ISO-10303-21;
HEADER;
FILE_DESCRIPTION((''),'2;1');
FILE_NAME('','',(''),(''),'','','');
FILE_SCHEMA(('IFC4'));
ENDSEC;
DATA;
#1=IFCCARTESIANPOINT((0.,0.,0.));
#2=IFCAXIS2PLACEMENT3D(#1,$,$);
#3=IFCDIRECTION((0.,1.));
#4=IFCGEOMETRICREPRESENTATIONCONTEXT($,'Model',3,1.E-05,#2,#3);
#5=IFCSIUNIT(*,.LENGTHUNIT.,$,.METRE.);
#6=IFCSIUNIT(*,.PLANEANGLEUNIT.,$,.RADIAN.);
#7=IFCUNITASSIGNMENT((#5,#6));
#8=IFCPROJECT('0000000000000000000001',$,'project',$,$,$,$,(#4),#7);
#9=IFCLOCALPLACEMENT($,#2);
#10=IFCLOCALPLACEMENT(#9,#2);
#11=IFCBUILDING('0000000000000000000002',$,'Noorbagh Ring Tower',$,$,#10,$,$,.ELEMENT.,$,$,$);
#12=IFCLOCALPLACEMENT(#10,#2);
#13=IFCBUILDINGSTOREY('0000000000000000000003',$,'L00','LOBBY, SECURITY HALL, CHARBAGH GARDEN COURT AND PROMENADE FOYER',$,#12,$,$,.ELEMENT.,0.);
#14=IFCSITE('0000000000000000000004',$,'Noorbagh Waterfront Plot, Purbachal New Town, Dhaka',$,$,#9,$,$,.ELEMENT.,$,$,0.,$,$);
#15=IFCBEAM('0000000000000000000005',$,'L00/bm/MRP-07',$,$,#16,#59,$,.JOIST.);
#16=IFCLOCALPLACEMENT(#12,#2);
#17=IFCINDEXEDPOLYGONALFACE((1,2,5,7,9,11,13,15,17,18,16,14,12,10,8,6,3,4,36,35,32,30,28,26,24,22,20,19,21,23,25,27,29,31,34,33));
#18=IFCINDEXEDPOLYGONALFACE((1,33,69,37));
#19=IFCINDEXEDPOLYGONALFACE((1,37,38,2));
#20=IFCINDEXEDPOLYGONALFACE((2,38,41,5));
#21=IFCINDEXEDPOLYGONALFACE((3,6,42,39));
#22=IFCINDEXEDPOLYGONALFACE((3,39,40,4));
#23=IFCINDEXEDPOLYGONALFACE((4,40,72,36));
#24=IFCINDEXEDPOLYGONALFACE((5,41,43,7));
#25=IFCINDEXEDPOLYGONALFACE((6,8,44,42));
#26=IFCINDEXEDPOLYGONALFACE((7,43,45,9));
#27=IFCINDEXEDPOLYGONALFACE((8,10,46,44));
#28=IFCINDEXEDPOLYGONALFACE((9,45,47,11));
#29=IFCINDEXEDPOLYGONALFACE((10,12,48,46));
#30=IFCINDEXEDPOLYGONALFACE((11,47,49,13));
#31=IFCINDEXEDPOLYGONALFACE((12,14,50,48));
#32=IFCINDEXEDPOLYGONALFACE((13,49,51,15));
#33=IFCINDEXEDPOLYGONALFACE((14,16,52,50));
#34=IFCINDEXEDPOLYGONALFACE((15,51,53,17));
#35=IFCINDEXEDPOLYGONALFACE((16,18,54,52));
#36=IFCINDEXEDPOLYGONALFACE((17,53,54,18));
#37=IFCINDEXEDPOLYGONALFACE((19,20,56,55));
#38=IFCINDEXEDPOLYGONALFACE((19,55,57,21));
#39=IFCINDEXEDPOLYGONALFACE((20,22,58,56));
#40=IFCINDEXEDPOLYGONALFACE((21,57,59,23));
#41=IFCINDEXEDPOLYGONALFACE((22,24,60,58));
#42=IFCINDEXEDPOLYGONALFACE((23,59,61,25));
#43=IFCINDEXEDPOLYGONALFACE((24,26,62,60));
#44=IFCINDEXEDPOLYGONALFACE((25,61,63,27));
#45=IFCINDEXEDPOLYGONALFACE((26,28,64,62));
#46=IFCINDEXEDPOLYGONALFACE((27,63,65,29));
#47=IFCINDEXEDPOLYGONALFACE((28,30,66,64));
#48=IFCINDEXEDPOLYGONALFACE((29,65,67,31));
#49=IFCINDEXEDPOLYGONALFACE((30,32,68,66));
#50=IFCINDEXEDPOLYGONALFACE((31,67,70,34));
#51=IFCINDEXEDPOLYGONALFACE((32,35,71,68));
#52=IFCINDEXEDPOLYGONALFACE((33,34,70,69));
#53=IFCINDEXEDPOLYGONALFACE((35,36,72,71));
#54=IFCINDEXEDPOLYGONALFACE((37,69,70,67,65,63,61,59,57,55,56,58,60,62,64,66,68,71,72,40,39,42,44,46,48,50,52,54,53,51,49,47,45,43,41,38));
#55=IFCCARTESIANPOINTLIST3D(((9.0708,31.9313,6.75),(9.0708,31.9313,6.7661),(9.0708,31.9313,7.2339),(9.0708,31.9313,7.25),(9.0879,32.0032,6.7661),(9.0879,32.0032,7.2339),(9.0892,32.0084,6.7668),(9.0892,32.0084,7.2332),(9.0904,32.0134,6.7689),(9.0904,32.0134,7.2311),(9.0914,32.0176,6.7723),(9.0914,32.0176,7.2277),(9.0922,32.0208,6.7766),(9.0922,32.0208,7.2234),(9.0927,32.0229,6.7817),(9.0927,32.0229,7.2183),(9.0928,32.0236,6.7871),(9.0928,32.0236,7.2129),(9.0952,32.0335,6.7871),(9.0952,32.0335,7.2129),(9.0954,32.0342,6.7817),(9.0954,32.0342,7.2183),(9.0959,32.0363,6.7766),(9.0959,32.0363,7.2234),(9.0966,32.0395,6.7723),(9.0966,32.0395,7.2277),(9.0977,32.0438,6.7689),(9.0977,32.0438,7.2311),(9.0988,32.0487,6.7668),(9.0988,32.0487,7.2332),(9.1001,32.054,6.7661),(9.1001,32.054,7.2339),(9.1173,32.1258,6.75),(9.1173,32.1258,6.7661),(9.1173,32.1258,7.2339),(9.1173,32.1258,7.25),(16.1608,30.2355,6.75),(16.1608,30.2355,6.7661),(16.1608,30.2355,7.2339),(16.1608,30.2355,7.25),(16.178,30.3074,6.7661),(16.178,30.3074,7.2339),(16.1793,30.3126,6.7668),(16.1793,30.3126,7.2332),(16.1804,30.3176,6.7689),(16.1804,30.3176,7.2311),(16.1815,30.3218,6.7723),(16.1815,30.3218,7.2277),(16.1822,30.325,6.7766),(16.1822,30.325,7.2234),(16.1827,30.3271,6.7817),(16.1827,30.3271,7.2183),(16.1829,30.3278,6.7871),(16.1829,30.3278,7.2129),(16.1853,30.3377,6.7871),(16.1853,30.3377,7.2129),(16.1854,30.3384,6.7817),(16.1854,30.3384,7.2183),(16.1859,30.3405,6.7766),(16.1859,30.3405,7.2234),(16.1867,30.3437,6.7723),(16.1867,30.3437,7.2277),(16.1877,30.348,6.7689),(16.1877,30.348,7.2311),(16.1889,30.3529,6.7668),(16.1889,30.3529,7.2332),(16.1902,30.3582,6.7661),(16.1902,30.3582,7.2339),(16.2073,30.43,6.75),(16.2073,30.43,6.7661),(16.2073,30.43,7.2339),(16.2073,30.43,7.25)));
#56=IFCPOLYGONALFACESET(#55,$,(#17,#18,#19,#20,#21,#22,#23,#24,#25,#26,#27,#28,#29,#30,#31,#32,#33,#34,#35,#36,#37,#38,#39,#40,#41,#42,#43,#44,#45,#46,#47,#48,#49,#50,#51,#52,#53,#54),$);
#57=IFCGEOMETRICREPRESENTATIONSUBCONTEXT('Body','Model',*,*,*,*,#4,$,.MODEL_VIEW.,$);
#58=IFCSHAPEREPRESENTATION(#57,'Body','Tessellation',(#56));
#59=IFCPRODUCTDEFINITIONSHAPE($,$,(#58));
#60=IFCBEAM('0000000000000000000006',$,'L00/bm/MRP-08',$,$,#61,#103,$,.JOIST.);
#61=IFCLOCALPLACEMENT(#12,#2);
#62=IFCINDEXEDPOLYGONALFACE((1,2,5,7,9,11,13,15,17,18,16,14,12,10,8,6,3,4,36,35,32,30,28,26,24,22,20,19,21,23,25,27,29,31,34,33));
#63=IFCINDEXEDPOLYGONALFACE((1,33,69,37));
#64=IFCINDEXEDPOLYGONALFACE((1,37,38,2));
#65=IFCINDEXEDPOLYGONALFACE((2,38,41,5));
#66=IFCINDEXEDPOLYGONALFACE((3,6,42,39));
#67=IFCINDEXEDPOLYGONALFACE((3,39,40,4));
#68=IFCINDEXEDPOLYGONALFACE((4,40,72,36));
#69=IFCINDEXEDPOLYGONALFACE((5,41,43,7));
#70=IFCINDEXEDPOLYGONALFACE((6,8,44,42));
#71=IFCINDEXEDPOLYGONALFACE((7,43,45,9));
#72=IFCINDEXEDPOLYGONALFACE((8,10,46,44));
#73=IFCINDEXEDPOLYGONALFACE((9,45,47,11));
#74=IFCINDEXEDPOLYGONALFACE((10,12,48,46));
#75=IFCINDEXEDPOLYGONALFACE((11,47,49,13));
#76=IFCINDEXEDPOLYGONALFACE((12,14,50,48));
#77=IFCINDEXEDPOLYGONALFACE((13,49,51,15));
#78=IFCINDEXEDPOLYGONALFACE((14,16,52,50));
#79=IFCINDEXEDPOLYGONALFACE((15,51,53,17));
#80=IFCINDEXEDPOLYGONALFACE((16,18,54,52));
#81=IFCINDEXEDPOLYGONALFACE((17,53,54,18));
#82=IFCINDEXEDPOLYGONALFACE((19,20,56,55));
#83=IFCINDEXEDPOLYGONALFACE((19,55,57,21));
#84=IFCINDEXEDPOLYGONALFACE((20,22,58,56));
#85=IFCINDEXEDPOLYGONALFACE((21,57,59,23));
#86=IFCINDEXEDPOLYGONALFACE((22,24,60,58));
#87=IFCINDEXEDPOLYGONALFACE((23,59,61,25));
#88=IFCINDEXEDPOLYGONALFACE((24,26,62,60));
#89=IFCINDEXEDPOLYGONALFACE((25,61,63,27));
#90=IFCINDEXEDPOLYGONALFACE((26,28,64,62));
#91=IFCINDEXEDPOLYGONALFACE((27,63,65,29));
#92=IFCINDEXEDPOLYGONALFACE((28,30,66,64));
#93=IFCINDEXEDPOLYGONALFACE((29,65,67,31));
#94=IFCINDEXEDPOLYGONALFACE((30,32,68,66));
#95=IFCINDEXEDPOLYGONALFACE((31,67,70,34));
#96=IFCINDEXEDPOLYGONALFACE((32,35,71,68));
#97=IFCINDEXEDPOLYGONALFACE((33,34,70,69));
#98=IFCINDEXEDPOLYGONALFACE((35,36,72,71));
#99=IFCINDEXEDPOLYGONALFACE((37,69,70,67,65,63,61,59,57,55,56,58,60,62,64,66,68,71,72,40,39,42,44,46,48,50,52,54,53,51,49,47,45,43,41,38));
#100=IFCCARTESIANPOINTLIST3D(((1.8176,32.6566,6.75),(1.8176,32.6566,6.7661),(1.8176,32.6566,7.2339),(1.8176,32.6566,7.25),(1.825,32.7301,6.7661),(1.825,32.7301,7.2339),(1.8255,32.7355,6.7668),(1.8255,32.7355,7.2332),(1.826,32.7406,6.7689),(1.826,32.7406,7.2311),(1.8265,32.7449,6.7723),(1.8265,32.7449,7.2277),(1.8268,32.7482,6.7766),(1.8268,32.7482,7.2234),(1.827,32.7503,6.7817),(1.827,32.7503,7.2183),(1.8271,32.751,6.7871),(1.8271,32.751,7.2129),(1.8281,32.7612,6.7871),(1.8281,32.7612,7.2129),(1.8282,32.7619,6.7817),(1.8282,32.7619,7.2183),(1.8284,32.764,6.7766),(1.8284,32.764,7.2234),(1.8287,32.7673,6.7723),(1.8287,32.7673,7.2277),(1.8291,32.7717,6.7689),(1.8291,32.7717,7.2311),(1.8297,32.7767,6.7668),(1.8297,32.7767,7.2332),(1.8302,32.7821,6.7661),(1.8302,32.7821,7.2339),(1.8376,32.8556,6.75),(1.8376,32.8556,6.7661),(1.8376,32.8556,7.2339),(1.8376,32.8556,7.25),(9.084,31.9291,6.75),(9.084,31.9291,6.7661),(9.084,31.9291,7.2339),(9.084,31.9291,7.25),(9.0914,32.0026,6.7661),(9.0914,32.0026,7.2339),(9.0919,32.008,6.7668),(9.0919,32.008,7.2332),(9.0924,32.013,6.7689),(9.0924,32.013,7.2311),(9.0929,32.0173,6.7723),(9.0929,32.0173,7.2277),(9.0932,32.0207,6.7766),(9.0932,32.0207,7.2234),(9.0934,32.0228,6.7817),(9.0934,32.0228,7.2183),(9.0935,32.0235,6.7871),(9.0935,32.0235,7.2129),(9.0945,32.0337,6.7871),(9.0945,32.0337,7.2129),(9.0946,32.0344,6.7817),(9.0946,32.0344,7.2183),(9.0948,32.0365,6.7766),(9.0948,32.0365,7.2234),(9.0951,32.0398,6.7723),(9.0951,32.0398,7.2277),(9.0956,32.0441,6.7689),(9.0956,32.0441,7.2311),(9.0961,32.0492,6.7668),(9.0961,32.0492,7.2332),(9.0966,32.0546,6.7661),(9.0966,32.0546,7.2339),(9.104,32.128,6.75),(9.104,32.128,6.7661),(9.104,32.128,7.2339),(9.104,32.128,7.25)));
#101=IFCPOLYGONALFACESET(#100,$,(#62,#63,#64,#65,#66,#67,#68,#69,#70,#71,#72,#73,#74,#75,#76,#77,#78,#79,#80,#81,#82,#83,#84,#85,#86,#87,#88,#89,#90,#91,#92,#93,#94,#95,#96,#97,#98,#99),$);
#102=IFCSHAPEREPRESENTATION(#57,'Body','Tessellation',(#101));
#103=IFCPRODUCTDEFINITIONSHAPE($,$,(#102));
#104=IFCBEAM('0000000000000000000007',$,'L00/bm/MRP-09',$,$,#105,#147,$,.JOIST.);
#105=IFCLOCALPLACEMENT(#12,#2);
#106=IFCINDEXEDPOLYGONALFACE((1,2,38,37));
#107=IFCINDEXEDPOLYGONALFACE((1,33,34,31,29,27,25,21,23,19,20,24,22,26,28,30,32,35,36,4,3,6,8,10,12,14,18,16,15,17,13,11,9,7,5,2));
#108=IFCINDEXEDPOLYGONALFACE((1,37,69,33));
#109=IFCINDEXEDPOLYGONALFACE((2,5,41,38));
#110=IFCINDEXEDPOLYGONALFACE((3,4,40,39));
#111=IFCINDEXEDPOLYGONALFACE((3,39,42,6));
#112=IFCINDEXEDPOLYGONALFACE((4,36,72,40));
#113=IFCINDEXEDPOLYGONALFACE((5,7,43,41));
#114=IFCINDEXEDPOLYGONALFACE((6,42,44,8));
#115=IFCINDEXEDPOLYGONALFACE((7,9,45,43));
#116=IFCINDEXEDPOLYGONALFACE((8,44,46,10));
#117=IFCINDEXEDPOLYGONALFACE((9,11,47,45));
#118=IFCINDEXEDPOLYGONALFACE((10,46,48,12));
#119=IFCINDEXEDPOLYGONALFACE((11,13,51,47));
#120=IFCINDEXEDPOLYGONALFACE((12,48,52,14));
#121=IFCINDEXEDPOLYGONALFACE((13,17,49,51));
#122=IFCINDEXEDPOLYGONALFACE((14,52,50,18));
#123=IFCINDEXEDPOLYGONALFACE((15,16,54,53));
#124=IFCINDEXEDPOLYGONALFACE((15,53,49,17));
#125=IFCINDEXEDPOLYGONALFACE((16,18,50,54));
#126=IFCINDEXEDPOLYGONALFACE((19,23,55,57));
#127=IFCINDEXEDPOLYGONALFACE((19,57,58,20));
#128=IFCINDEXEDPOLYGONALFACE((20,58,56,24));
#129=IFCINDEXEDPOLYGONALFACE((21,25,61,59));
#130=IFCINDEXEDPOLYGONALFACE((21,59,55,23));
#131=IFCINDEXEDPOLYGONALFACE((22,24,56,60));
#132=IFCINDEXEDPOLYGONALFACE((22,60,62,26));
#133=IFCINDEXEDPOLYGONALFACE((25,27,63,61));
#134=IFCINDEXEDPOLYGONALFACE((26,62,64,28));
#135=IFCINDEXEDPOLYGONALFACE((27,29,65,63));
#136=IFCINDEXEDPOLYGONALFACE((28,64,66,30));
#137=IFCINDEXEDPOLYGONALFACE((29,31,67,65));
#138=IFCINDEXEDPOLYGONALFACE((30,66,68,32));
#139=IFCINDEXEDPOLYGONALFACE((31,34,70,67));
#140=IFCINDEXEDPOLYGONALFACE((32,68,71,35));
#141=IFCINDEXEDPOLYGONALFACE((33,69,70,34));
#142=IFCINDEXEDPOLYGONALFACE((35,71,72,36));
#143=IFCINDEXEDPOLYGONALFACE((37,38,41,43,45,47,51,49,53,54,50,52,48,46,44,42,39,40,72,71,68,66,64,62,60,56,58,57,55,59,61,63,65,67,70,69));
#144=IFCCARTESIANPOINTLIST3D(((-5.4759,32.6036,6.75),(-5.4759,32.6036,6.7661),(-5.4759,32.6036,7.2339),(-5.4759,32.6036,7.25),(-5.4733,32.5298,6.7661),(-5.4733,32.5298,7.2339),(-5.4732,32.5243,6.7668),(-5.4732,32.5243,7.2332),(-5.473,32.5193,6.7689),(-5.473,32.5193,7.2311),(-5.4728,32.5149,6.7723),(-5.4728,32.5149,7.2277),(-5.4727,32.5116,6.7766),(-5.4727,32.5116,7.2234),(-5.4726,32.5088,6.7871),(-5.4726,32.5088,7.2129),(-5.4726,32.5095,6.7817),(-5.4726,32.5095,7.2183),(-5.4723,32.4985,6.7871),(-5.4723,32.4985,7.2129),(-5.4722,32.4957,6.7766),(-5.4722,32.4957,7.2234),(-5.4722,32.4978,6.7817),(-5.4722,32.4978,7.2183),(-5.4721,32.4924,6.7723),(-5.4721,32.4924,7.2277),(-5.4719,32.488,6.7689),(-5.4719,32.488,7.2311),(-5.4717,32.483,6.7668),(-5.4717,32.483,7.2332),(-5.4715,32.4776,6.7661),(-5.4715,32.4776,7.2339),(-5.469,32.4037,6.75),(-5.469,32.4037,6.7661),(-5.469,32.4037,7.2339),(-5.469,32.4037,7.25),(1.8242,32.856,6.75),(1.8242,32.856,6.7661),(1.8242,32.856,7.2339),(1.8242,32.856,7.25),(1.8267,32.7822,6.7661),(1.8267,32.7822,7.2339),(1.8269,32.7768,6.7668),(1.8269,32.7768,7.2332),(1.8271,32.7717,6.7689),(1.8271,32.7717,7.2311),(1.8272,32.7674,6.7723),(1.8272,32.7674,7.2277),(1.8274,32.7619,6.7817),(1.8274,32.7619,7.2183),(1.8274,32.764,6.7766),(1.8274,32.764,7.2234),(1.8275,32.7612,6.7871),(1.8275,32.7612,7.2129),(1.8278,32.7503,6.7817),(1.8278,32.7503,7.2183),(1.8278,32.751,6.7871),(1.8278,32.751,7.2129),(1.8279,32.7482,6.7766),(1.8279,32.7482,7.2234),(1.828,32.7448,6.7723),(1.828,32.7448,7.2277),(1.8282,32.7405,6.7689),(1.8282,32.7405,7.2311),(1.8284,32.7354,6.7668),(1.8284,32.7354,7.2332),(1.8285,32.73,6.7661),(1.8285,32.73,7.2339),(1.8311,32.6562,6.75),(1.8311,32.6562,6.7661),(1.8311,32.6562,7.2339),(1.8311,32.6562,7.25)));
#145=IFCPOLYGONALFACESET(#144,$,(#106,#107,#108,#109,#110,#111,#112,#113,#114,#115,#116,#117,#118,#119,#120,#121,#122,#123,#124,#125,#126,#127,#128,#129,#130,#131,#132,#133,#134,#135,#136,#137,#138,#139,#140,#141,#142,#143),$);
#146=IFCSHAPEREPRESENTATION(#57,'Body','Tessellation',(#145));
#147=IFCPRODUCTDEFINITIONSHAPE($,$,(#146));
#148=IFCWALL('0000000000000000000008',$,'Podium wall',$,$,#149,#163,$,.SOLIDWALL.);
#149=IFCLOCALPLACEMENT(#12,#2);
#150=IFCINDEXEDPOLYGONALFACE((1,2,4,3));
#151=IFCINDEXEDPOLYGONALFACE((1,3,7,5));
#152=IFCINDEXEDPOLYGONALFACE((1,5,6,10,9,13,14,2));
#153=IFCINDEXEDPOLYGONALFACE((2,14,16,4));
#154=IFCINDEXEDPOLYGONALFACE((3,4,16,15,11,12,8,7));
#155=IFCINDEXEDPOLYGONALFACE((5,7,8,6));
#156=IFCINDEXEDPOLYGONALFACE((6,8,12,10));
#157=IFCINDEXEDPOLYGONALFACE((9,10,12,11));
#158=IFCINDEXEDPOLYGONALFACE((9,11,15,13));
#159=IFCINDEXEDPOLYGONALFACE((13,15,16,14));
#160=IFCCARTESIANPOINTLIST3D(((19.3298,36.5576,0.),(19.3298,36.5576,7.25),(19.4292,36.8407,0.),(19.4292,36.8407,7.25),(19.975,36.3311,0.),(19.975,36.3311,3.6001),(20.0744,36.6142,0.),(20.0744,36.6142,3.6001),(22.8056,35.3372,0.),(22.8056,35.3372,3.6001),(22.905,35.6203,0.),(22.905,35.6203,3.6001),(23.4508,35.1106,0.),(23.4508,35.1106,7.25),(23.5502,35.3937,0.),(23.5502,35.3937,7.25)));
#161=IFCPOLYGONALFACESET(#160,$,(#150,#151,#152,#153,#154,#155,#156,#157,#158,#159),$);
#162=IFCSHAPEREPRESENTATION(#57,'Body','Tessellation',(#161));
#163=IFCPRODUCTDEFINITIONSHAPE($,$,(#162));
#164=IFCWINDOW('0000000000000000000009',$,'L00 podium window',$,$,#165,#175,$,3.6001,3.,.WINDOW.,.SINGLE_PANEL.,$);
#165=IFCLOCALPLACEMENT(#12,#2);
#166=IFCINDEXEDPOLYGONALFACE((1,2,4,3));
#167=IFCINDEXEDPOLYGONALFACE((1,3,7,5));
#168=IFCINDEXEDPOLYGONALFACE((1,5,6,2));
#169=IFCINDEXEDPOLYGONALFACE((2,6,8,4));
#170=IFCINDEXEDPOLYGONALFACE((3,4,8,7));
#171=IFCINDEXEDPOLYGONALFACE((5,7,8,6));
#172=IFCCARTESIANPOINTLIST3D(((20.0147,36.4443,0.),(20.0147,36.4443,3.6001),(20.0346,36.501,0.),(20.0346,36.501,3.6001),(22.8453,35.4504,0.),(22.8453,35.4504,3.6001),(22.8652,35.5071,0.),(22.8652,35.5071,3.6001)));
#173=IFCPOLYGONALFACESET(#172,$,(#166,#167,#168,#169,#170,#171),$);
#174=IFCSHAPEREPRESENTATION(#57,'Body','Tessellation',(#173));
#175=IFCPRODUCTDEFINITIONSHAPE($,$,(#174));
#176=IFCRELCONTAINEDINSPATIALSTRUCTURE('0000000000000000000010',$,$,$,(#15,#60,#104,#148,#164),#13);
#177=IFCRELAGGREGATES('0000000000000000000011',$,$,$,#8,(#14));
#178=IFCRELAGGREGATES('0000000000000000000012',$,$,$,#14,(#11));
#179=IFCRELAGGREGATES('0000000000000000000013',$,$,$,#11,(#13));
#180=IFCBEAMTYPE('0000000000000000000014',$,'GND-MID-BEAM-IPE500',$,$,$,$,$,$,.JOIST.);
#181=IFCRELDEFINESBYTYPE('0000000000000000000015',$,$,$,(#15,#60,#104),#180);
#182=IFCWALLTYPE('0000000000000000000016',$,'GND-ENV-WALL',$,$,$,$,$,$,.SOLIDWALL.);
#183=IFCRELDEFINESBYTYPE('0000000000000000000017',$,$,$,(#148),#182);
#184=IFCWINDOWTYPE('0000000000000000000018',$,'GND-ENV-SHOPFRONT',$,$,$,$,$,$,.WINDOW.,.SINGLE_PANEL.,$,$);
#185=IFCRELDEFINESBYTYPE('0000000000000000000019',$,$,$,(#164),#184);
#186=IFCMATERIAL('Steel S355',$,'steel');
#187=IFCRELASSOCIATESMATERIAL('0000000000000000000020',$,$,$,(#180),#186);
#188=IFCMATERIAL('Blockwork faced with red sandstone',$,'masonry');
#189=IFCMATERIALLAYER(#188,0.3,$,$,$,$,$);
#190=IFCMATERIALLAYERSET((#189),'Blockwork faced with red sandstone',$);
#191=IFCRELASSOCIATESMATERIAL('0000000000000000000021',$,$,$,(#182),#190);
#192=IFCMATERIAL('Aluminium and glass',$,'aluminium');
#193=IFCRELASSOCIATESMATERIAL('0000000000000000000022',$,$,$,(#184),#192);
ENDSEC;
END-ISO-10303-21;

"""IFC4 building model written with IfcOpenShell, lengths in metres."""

from ifc_helpers import new_model, si_unit, direction, frame, frame_2d, origin, origin_2d, place, context, subcontext, project, spatial, rectangle, i_section, extrude, material, layer, layer_set, material_profile, profile_set, type_object, element, fill, save


model = new_model("IFC4")

# Units and contexts
model_context = context("Model", 3, precision=1e-05, world=origin(), true_north=direction((0.0, 1.0)))
body_context = subcontext(model_context, "Body", "Model", "MODEL_VIEW")
ifc_project = project(units=[si_unit("LENGTHUNIT", "METRE"), si_unit("PLANEANGLEUNIT", "RADIAN")], contexts=[model_context])

# Site, building, storey
site_placement = place(None, origin())
site = spatial("IfcSite", under=ifc_project, at=site_placement, Name="Noorbagh Waterfront Plot, Purbachal New Town, Dhaka", CompositionType="ELEMENT", RefElevation=0.0)
building_placement = place(site_placement, origin())
building = spatial("IfcBuilding", under=site, at=building_placement, Name="Noorbagh Ring Tower", CompositionType="ELEMENT")
storey_placement = place(building_placement, origin())
storey = spatial("IfcBuildingStorey", under=building, at=storey_placement, Name="L00", Description="LOBBY, SECURITY HALL, CHARBAGH GARDEN COURT AND PROMENADE FOYER", CompositionType="ELEMENT", Elevation=0.0)

# Beams
ifc_material_1 = material(Name="Steel S355", Category="steel")
ifc_material_profile_1 = material_profile(ifc_material_1, i_section(OverallWidth=0.2, OverallDepth=0.5, WebThickness=0.0103, FlangeThickness=0.0161, FilletRadius=0.021, at=origin_2d()), Name="IPE500")
ifc_profile_set_1 = profile_set([ifc_material_profile_1], Name="Steel S355")
beam_type_1 = type_object("IfcBeamType", Name="GND-MID-BEAM-IPE500", PredefinedType="JOIST", material=ifc_profile_set_1)
beam_1_placement = place(storey_placement, frame((16.1841, 30.3328, 7.0), z_axis=(-0.972568, 0.232618, 0.0), x_axis=(-0.232618, -0.972568, 0.0)))
element("IfcBeam", 1, at=beam_1_placement, inside=storey, type_object=beam_type_1, Name="L00/bm/MRP-07", PredefinedType="JOIST", context=body_context, shape_type="SweptSolid", body=[
    extrude(i_section(OverallWidth=0.2, OverallDepth=0.5, WebThickness=0.0103, FlangeThickness=0.0161, FilletRadius=0.021, at=origin_2d()), origin(), (0.0, 0.0, 1.0), 7.29),
])
beam_2_placement = place(storey_placement, frame((9.094, 32.0286, 7.0), z_axis=(-0.995025, 0.099626, 0.0), x_axis=(-0.099626, -0.995025, 0.0)))
element("IfcBeam", 2, at=beam_2_placement, inside=storey, type_object=beam_type_1, Name="L00/bm/MRP-08", PredefinedType="JOIST", context=body_context, shape_type="SweptSolid", body=[
    extrude(i_section(OverallWidth=0.2, OverallDepth=0.5, WebThickness=0.0103, FlangeThickness=0.0161, FilletRadius=0.021, at=origin_2d()), origin(), (0.0, 0.0, 1.0), 7.3027),
])
beam_3_placement = place(storey_placement, frame((1.8276, 32.7561, 7.0), z_axis=(-0.999403, -0.03456, 0.0), x_axis=(0.03456, -0.999403, 0.0)))
element("IfcBeam", 3, at=beam_3_placement, inside=storey, type_object=beam_type_1, Name="L00/bm/MRP-09", PredefinedType="JOIST", context=body_context, shape_type="SweptSolid", body=[
    extrude(i_section(OverallWidth=0.2, OverallDepth=0.5, WebThickness=0.0103, FlangeThickness=0.0161, FilletRadius=0.021, at=origin_2d()), origin(), (0.0, 0.0, 1.0), 7.3044),
])

# Wall, opening, window
ifc_material_2 = material(Name="Blockwork faced with red sandstone", Category="masonry")
ifc_layer_1 = layer(ifc_material_2, 0.3)
ifc_layer_set_1 = layer_set([ifc_layer_1], Name="Blockwork faced with red sandstone")
wall_type = type_object("IfcWallType", Name="GND-ENV-WALL", PredefinedType="SOLIDWALL", material=ifc_layer_set_1)
wall_1_placement = place(storey_placement, frame((23.5005, 35.2522, 0.0), z_axis=(0.0, 0.0, 1.0), x_axis=(-0.943527, 0.331296, 0.0)))
wall_1 = element("IfcWall", 4, at=wall_1_placement, inside=storey, type_object=wall_type, Name="Podium wall", PredefinedType="SOLIDWALL", context=body_context, shape_type="SweptSolid", body=[
    extrude(rectangle(XDim=4.3677, YDim=0.3, at=frame_2d((2.1838, 0.0))), origin(), (0.0, 0.0, 1.0), 7.25),
])
opening_1_placement = place(wall_1_placement, frame((0.6838, 0.0, 0.0)))
opening_1 = element("IfcOpeningElement", 5, at=opening_1_placement, cuts=wall_1, PredefinedType="OPENING", context=body_context, shape_type="SweptSolid", body=[
    extrude(rectangle(XDim=3.0, YDim=3.6001, at=frame_2d((1.5, 1.8))), frame((0.0, 0.1602, 0.0), z_axis=(0.0, -1.0, 0.0), x_axis=(1.0, 0.0, 0.0)), (0.0, 0.0, 1.0), 0.3201),
])
ifc_material_3 = material(Name="Aluminium and glass", Category="aluminium")
window_type = type_object("IfcWindowType", Name="GND-ENV-SHOPFRONT", PartitioningType="SINGLE_PANEL", PredefinedType="WINDOW", material=ifc_material_3)
window_1_placement = place(opening_1_placement, origin())
window_1 = element("IfcWindow", 6, at=window_1_placement, inside=storey, type_object=window_type, Name="L00 podium window", OverallHeight=3.6001, OverallWidth=3.0, PartitioningType="SINGLE_PANEL", PredefinedType="WINDOW", context=body_context, shape_type="SweptSolid", body=[
    extrude(rectangle(XDim=3.0, YDim=3.6001, at=frame_2d((1.5, 1.8))), frame((0.0, 0.03, 0.0), z_axis=(0.0, -1.0, 0.0), x_axis=(1.0, 0.0, 0.0)), (0.0, 0.0, 1.0), 0.0601),
])
fill(opening_1, window_1)

save(model, "model.ifc")
